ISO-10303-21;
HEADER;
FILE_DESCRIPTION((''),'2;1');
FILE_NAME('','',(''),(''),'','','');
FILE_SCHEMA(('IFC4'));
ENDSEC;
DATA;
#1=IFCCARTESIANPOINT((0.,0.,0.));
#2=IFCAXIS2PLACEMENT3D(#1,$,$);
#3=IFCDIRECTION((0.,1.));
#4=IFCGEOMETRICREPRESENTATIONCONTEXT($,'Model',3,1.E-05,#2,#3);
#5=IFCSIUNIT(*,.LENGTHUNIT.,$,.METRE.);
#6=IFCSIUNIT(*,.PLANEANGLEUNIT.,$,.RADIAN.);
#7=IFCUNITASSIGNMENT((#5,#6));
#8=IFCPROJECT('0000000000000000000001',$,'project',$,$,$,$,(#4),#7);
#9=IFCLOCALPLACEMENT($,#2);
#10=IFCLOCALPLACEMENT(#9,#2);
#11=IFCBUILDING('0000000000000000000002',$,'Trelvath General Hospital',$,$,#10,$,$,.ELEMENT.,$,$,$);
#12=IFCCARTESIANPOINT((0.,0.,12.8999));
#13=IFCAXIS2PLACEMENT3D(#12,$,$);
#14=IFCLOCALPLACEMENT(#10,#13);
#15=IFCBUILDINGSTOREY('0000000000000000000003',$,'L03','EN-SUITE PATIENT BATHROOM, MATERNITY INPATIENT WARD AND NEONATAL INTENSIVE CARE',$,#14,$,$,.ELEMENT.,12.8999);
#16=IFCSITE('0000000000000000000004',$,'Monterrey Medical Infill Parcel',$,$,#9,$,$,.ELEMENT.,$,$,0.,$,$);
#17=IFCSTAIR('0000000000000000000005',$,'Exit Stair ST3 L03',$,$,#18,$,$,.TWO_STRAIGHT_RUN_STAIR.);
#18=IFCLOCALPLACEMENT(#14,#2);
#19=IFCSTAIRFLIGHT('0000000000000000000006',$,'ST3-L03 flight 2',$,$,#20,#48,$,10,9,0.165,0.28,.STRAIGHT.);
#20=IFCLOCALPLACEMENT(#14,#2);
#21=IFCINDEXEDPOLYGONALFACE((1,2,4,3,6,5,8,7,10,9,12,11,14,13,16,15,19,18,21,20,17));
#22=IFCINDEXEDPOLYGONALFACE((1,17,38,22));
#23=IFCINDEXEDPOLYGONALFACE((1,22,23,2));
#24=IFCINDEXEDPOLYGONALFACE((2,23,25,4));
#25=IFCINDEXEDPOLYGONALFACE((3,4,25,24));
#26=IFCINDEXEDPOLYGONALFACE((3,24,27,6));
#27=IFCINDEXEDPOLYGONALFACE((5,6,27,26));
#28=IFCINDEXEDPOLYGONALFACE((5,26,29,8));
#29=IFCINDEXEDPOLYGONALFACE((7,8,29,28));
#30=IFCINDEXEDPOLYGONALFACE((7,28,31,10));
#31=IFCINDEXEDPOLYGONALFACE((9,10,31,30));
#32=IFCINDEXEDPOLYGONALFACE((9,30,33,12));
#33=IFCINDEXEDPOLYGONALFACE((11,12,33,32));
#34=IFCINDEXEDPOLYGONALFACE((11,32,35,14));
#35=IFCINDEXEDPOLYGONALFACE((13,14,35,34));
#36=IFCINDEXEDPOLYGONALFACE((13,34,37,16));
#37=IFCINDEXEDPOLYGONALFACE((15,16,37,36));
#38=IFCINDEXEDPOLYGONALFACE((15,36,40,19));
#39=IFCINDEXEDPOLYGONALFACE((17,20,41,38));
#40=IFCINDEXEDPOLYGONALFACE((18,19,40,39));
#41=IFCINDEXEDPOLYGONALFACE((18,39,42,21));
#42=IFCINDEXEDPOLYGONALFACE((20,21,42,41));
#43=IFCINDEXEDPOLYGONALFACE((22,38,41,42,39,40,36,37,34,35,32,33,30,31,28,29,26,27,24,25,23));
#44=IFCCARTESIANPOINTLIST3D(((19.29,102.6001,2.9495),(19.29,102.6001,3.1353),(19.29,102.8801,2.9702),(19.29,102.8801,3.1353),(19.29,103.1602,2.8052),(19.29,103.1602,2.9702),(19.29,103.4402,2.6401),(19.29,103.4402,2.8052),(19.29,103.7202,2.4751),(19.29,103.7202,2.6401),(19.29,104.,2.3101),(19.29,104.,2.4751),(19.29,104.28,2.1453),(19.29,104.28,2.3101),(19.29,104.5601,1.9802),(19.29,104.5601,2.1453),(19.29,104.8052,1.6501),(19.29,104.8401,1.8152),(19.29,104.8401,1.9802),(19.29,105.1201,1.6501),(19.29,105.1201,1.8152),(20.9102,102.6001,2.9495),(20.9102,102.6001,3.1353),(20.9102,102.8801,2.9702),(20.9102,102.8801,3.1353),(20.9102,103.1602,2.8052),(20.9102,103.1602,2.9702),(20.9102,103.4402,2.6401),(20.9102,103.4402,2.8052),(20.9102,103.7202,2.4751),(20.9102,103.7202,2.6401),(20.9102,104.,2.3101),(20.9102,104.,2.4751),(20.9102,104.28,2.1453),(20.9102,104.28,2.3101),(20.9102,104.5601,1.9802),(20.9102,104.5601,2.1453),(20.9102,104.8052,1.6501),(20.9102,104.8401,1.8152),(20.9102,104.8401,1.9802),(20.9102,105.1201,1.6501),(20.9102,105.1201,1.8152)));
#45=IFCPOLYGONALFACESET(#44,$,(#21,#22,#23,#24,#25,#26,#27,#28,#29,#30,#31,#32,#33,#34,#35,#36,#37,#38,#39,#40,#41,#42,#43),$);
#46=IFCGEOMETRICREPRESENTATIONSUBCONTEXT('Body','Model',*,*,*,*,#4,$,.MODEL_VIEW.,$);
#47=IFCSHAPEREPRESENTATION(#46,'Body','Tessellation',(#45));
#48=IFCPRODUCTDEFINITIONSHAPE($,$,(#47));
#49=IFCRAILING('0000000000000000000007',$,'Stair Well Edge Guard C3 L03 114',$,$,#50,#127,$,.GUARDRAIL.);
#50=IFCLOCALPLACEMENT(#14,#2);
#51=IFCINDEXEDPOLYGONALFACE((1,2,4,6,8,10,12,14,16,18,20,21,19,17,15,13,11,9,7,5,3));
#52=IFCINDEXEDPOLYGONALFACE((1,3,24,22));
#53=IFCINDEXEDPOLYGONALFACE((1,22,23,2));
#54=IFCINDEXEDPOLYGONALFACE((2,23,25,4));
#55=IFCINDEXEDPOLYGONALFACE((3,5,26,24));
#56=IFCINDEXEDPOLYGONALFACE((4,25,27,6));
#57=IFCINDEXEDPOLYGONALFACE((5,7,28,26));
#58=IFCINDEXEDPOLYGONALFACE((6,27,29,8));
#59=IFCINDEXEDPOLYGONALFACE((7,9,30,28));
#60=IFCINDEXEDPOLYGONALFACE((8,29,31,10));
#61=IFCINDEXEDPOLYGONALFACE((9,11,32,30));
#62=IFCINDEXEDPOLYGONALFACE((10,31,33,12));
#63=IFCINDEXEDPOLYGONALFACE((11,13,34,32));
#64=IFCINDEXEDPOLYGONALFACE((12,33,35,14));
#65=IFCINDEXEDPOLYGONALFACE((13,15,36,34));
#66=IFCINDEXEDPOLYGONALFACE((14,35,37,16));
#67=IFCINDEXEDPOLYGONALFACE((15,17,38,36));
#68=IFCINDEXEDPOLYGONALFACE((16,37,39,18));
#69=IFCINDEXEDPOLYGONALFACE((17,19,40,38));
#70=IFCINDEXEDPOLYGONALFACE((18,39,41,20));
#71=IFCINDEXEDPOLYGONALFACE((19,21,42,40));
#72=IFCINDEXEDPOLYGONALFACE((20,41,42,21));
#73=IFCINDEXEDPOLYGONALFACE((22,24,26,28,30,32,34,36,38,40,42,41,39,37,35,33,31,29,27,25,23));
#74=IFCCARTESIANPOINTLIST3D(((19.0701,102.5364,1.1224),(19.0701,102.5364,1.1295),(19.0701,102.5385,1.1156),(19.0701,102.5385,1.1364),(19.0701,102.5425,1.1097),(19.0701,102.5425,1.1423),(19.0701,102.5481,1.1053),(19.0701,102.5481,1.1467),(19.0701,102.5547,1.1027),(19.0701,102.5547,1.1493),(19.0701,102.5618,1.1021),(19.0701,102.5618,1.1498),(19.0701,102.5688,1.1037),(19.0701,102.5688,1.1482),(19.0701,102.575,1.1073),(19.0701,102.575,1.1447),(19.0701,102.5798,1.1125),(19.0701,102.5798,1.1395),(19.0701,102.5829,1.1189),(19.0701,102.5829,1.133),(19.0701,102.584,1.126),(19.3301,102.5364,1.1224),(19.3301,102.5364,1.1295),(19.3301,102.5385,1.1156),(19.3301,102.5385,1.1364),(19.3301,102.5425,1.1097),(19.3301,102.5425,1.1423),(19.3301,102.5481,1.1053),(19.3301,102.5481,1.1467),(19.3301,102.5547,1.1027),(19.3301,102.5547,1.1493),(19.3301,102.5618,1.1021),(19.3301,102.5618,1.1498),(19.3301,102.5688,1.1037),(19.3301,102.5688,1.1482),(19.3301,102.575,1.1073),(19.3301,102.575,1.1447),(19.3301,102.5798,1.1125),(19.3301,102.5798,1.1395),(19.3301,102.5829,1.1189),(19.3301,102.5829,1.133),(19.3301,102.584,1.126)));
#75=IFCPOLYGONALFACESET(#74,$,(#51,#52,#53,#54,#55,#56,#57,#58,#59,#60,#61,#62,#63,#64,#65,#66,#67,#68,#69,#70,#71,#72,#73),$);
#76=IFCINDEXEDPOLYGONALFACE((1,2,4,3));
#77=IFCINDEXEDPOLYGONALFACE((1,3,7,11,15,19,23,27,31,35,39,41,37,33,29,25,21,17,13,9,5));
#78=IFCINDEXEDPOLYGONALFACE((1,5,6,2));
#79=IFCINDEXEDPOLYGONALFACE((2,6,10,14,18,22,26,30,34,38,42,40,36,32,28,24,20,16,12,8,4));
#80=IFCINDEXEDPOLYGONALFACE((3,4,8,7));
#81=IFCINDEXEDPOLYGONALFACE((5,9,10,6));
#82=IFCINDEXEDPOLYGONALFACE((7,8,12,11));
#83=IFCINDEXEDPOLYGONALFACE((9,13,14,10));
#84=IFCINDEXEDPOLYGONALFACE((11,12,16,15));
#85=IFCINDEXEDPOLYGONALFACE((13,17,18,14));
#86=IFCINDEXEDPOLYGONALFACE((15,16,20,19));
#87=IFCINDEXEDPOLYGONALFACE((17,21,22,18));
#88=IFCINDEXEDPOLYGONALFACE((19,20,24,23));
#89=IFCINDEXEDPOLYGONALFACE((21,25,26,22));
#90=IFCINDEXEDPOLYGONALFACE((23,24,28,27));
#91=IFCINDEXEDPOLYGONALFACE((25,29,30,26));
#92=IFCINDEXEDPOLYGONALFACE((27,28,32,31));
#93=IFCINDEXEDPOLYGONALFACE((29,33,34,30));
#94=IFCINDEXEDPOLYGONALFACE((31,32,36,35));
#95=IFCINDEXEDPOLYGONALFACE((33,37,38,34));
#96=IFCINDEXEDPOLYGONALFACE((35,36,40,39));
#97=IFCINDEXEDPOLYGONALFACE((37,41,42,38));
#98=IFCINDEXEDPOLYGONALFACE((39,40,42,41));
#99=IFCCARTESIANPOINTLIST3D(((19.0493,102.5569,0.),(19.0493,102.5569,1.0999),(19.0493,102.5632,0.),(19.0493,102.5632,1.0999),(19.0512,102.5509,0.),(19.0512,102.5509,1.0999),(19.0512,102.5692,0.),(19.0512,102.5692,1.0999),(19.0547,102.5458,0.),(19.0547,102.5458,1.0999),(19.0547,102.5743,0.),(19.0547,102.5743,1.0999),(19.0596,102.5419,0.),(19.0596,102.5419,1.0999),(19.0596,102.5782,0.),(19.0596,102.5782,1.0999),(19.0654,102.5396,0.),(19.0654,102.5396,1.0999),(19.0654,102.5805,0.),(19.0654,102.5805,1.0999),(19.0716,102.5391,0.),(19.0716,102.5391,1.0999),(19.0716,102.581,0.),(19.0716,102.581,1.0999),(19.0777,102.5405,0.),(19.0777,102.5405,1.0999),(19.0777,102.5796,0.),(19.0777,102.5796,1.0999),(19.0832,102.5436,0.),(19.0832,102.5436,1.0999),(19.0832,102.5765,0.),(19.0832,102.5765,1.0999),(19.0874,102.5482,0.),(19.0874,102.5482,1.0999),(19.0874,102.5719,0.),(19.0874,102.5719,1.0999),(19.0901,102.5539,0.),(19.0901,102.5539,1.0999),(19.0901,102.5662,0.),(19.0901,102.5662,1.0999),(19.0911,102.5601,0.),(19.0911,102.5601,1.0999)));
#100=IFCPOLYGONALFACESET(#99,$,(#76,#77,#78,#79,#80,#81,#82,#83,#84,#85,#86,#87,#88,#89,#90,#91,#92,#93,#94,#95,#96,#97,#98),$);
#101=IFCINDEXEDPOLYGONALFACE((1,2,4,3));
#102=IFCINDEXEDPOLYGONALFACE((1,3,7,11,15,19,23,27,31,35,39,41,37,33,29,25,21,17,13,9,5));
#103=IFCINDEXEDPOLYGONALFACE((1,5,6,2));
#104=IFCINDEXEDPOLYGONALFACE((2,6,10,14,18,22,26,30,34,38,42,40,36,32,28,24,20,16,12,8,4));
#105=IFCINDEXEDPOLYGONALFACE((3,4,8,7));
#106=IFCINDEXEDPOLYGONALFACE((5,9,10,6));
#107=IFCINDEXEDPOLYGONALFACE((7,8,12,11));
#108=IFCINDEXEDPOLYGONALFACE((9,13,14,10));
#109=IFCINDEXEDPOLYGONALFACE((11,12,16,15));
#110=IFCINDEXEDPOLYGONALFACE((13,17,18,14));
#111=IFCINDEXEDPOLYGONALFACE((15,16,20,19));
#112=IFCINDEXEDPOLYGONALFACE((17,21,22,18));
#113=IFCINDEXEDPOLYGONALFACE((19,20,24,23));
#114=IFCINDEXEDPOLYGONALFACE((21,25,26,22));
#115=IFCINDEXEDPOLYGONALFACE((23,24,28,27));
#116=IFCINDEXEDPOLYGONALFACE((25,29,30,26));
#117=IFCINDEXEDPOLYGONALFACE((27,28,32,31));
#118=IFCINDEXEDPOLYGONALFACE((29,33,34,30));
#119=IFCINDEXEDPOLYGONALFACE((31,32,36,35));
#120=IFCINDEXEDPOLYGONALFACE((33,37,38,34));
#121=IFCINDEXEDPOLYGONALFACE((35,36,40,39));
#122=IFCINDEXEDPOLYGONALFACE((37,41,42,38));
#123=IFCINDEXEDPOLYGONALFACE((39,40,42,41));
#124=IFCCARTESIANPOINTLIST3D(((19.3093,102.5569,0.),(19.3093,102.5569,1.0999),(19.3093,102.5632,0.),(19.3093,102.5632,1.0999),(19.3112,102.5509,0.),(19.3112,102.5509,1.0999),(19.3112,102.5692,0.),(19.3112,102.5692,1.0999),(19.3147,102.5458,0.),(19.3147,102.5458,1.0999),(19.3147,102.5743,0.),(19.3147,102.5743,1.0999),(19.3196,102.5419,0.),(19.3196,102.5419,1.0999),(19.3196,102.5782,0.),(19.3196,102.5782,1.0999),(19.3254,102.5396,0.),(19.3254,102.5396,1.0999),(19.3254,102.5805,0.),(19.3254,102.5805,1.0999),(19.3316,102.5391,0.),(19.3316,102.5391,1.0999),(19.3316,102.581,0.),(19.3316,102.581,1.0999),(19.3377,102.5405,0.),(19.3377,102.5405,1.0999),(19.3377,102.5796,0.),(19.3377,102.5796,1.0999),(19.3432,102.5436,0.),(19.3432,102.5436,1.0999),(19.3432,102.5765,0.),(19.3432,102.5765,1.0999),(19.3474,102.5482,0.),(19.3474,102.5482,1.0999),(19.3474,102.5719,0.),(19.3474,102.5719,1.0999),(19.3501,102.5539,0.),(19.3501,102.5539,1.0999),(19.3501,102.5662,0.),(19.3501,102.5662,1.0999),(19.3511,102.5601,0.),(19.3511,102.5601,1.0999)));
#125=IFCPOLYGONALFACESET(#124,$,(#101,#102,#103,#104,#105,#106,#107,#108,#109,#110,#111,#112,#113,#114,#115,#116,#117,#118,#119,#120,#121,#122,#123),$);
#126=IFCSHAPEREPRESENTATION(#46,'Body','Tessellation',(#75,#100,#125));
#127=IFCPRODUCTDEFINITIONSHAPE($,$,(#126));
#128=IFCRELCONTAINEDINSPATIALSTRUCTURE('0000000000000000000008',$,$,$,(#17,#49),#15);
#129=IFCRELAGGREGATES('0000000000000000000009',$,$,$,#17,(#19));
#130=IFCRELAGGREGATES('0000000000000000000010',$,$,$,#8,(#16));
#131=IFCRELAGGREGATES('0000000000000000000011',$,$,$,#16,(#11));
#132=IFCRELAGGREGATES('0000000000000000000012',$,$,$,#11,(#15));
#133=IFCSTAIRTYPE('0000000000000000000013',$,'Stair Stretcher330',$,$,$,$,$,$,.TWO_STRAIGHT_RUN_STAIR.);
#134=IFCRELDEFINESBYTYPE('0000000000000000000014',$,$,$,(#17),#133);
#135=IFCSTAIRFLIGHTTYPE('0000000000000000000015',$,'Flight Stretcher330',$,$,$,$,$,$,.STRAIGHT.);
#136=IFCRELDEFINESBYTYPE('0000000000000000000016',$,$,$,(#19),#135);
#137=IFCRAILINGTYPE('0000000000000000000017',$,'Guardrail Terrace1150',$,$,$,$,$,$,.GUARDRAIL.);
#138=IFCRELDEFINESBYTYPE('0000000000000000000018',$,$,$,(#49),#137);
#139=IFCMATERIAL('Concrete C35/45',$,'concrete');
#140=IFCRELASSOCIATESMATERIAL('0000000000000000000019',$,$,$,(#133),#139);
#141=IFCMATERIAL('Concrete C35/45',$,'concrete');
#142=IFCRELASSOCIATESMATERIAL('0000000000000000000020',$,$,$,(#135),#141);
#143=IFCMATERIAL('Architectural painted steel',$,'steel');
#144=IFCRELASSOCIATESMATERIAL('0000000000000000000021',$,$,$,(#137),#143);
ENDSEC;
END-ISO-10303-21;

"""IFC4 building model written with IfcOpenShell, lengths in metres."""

from ifc_helpers import new_model, si_unit, direction, frame, origin, origin_2d, place, context, subcontext, project, spatial, polyline, circle, outline, extrude, material, type_object, element, aggregate, save


model = new_model("IFC4")

# Units and contexts
model_context = context("Model", 3, precision=1e-05, world=origin(), true_north=direction((0.0, 1.0)))
body_context = subcontext(model_context, "Body", "Model", "MODEL_VIEW")
ifc_project = project(units=[si_unit("LENGTHUNIT", "METRE"), si_unit("PLANEANGLEUNIT", "RADIAN")], contexts=[model_context])

# Site, building, storey
site_placement = place(None, origin())
site = spatial("IfcSite", under=ifc_project, at=site_placement, Name="Monterrey Medical Infill Parcel", CompositionType="ELEMENT", RefElevation=0.0)
building_placement = place(site_placement, origin())
building = spatial("IfcBuilding", under=site, at=building_placement, Name="Trelvath General Hospital", CompositionType="ELEMENT")
storey_placement = place(building_placement, frame((0.0, 0.0, 12.8999)))
storey = spatial("IfcBuildingStorey", under=building, at=storey_placement, Name="L03", Description="EN-SUITE PATIENT BATHROOM, MATERNITY INPATIENT WARD AND NEONATAL INTENSIVE CARE", CompositionType="ELEMENT", Elevation=12.8999)

# Stair, stair flight
ifc_material_1 = material(Name="Concrete C35/45", Category="concrete")
stair_type = type_object("IfcStairType", Name="Stair Stretcher330", PredefinedType="TWO_STRAIGHT_RUN_STAIR", material=ifc_material_1)
stair_placement = place(storey_placement, origin())
stair = element("IfcStair", 1, at=stair_placement, inside=storey, type_object=stair_type, Name="Exit Stair ST3 L03", PredefinedType="TWO_STRAIGHT_RUN_STAIR")
ifc_material_2 = material(Name="Concrete C35/45", Category="concrete")
stair_flight_type = type_object("IfcStairFlightType", Name="Flight Stretcher330", PredefinedType="STRAIGHT", material=ifc_material_2)
stair_flight_1_placement = place(storey_placement, frame((20.1001, 105.1201, 1.6501), z_axis=(0.0, 0.0, 1.0), x_axis=(0.0, -1.0, 0.0)))
stair_flight_1 = element("IfcStairFlight", 2, at=stair_flight_1_placement, type_object=stair_flight_type, Name="ST3-L03 flight 2", NumberOfRisers=10, NumberOfTreads=9, PredefinedType="STRAIGHT", RiserHeight=0.165, TreadLength=0.28, context=body_context, shape_type="SweptSolid", body=[
    extrude(outline(polyline([(0.0, 0.0), (0.0, 0.165), (0.28, 0.165), (0.28, 0.3301), (0.5601, 0.3301), (0.5601, 0.4951), (0.8401, 0.4951), (0.8401, 0.6599), (1.1201, 0.6599), (1.1201, 0.825), (1.3999, 0.825), (1.3999, 0.99), (1.6799, 0.99), (1.6799, 1.155), (1.96, 1.155), (1.96, 1.3201), (2.24, 1.3201), (2.24, 1.4851), (2.52, 1.4851), (2.52, 1.6499), (2.52, 1.2993), (0.3149, 0.0), (0.0, 0.0)])), frame((0.0, 0.8101, 0.0), z_axis=(0.0, -1.0, 0.0), x_axis=(1.0, 0.0, 0.0)), (0.0, 0.0, 1.0), 1.6201),
])
aggregate(stair, [stair_flight_1])

# Railing
ifc_material_3 = material(Name="Architectural painted steel", Category="steel")
railing_type_1 = type_object("IfcRailingType", Name="Guardrail Terrace1150", PredefinedType="GUARDRAIL", material=ifc_material_3)
railing_1_placement = place(storey_placement, frame((19.0701, 102.5601, 0.0)))
element("IfcRailing", 3, at=railing_1_placement, inside=storey, type_object=railing_type_1, Name="Stair Well Edge Guard C3 L03 114", PredefinedType="GUARDRAIL", context=body_context, shape_type="SweptSolid", body=[
    extrude(circle(Radius=0.0239, at=origin_2d()), frame((0.0, 0.0, 1.126), z_axis=(1.0, 0.0, 0.0), x_axis=(0.0, 1.0, 0.0)), (0.0, 0.0, 1.0), 0.26),
    extrude(circle(Radius=0.021, at=origin_2d()), origin(), (0.0, 0.0, 1.0), 1.0999),
    extrude(circle(Radius=0.021, at=origin_2d()), frame((0.26, 0.0, 0.0)), (0.0, 0.0, 1.0), 1.0999),
])

save(model, "model.ifc")
